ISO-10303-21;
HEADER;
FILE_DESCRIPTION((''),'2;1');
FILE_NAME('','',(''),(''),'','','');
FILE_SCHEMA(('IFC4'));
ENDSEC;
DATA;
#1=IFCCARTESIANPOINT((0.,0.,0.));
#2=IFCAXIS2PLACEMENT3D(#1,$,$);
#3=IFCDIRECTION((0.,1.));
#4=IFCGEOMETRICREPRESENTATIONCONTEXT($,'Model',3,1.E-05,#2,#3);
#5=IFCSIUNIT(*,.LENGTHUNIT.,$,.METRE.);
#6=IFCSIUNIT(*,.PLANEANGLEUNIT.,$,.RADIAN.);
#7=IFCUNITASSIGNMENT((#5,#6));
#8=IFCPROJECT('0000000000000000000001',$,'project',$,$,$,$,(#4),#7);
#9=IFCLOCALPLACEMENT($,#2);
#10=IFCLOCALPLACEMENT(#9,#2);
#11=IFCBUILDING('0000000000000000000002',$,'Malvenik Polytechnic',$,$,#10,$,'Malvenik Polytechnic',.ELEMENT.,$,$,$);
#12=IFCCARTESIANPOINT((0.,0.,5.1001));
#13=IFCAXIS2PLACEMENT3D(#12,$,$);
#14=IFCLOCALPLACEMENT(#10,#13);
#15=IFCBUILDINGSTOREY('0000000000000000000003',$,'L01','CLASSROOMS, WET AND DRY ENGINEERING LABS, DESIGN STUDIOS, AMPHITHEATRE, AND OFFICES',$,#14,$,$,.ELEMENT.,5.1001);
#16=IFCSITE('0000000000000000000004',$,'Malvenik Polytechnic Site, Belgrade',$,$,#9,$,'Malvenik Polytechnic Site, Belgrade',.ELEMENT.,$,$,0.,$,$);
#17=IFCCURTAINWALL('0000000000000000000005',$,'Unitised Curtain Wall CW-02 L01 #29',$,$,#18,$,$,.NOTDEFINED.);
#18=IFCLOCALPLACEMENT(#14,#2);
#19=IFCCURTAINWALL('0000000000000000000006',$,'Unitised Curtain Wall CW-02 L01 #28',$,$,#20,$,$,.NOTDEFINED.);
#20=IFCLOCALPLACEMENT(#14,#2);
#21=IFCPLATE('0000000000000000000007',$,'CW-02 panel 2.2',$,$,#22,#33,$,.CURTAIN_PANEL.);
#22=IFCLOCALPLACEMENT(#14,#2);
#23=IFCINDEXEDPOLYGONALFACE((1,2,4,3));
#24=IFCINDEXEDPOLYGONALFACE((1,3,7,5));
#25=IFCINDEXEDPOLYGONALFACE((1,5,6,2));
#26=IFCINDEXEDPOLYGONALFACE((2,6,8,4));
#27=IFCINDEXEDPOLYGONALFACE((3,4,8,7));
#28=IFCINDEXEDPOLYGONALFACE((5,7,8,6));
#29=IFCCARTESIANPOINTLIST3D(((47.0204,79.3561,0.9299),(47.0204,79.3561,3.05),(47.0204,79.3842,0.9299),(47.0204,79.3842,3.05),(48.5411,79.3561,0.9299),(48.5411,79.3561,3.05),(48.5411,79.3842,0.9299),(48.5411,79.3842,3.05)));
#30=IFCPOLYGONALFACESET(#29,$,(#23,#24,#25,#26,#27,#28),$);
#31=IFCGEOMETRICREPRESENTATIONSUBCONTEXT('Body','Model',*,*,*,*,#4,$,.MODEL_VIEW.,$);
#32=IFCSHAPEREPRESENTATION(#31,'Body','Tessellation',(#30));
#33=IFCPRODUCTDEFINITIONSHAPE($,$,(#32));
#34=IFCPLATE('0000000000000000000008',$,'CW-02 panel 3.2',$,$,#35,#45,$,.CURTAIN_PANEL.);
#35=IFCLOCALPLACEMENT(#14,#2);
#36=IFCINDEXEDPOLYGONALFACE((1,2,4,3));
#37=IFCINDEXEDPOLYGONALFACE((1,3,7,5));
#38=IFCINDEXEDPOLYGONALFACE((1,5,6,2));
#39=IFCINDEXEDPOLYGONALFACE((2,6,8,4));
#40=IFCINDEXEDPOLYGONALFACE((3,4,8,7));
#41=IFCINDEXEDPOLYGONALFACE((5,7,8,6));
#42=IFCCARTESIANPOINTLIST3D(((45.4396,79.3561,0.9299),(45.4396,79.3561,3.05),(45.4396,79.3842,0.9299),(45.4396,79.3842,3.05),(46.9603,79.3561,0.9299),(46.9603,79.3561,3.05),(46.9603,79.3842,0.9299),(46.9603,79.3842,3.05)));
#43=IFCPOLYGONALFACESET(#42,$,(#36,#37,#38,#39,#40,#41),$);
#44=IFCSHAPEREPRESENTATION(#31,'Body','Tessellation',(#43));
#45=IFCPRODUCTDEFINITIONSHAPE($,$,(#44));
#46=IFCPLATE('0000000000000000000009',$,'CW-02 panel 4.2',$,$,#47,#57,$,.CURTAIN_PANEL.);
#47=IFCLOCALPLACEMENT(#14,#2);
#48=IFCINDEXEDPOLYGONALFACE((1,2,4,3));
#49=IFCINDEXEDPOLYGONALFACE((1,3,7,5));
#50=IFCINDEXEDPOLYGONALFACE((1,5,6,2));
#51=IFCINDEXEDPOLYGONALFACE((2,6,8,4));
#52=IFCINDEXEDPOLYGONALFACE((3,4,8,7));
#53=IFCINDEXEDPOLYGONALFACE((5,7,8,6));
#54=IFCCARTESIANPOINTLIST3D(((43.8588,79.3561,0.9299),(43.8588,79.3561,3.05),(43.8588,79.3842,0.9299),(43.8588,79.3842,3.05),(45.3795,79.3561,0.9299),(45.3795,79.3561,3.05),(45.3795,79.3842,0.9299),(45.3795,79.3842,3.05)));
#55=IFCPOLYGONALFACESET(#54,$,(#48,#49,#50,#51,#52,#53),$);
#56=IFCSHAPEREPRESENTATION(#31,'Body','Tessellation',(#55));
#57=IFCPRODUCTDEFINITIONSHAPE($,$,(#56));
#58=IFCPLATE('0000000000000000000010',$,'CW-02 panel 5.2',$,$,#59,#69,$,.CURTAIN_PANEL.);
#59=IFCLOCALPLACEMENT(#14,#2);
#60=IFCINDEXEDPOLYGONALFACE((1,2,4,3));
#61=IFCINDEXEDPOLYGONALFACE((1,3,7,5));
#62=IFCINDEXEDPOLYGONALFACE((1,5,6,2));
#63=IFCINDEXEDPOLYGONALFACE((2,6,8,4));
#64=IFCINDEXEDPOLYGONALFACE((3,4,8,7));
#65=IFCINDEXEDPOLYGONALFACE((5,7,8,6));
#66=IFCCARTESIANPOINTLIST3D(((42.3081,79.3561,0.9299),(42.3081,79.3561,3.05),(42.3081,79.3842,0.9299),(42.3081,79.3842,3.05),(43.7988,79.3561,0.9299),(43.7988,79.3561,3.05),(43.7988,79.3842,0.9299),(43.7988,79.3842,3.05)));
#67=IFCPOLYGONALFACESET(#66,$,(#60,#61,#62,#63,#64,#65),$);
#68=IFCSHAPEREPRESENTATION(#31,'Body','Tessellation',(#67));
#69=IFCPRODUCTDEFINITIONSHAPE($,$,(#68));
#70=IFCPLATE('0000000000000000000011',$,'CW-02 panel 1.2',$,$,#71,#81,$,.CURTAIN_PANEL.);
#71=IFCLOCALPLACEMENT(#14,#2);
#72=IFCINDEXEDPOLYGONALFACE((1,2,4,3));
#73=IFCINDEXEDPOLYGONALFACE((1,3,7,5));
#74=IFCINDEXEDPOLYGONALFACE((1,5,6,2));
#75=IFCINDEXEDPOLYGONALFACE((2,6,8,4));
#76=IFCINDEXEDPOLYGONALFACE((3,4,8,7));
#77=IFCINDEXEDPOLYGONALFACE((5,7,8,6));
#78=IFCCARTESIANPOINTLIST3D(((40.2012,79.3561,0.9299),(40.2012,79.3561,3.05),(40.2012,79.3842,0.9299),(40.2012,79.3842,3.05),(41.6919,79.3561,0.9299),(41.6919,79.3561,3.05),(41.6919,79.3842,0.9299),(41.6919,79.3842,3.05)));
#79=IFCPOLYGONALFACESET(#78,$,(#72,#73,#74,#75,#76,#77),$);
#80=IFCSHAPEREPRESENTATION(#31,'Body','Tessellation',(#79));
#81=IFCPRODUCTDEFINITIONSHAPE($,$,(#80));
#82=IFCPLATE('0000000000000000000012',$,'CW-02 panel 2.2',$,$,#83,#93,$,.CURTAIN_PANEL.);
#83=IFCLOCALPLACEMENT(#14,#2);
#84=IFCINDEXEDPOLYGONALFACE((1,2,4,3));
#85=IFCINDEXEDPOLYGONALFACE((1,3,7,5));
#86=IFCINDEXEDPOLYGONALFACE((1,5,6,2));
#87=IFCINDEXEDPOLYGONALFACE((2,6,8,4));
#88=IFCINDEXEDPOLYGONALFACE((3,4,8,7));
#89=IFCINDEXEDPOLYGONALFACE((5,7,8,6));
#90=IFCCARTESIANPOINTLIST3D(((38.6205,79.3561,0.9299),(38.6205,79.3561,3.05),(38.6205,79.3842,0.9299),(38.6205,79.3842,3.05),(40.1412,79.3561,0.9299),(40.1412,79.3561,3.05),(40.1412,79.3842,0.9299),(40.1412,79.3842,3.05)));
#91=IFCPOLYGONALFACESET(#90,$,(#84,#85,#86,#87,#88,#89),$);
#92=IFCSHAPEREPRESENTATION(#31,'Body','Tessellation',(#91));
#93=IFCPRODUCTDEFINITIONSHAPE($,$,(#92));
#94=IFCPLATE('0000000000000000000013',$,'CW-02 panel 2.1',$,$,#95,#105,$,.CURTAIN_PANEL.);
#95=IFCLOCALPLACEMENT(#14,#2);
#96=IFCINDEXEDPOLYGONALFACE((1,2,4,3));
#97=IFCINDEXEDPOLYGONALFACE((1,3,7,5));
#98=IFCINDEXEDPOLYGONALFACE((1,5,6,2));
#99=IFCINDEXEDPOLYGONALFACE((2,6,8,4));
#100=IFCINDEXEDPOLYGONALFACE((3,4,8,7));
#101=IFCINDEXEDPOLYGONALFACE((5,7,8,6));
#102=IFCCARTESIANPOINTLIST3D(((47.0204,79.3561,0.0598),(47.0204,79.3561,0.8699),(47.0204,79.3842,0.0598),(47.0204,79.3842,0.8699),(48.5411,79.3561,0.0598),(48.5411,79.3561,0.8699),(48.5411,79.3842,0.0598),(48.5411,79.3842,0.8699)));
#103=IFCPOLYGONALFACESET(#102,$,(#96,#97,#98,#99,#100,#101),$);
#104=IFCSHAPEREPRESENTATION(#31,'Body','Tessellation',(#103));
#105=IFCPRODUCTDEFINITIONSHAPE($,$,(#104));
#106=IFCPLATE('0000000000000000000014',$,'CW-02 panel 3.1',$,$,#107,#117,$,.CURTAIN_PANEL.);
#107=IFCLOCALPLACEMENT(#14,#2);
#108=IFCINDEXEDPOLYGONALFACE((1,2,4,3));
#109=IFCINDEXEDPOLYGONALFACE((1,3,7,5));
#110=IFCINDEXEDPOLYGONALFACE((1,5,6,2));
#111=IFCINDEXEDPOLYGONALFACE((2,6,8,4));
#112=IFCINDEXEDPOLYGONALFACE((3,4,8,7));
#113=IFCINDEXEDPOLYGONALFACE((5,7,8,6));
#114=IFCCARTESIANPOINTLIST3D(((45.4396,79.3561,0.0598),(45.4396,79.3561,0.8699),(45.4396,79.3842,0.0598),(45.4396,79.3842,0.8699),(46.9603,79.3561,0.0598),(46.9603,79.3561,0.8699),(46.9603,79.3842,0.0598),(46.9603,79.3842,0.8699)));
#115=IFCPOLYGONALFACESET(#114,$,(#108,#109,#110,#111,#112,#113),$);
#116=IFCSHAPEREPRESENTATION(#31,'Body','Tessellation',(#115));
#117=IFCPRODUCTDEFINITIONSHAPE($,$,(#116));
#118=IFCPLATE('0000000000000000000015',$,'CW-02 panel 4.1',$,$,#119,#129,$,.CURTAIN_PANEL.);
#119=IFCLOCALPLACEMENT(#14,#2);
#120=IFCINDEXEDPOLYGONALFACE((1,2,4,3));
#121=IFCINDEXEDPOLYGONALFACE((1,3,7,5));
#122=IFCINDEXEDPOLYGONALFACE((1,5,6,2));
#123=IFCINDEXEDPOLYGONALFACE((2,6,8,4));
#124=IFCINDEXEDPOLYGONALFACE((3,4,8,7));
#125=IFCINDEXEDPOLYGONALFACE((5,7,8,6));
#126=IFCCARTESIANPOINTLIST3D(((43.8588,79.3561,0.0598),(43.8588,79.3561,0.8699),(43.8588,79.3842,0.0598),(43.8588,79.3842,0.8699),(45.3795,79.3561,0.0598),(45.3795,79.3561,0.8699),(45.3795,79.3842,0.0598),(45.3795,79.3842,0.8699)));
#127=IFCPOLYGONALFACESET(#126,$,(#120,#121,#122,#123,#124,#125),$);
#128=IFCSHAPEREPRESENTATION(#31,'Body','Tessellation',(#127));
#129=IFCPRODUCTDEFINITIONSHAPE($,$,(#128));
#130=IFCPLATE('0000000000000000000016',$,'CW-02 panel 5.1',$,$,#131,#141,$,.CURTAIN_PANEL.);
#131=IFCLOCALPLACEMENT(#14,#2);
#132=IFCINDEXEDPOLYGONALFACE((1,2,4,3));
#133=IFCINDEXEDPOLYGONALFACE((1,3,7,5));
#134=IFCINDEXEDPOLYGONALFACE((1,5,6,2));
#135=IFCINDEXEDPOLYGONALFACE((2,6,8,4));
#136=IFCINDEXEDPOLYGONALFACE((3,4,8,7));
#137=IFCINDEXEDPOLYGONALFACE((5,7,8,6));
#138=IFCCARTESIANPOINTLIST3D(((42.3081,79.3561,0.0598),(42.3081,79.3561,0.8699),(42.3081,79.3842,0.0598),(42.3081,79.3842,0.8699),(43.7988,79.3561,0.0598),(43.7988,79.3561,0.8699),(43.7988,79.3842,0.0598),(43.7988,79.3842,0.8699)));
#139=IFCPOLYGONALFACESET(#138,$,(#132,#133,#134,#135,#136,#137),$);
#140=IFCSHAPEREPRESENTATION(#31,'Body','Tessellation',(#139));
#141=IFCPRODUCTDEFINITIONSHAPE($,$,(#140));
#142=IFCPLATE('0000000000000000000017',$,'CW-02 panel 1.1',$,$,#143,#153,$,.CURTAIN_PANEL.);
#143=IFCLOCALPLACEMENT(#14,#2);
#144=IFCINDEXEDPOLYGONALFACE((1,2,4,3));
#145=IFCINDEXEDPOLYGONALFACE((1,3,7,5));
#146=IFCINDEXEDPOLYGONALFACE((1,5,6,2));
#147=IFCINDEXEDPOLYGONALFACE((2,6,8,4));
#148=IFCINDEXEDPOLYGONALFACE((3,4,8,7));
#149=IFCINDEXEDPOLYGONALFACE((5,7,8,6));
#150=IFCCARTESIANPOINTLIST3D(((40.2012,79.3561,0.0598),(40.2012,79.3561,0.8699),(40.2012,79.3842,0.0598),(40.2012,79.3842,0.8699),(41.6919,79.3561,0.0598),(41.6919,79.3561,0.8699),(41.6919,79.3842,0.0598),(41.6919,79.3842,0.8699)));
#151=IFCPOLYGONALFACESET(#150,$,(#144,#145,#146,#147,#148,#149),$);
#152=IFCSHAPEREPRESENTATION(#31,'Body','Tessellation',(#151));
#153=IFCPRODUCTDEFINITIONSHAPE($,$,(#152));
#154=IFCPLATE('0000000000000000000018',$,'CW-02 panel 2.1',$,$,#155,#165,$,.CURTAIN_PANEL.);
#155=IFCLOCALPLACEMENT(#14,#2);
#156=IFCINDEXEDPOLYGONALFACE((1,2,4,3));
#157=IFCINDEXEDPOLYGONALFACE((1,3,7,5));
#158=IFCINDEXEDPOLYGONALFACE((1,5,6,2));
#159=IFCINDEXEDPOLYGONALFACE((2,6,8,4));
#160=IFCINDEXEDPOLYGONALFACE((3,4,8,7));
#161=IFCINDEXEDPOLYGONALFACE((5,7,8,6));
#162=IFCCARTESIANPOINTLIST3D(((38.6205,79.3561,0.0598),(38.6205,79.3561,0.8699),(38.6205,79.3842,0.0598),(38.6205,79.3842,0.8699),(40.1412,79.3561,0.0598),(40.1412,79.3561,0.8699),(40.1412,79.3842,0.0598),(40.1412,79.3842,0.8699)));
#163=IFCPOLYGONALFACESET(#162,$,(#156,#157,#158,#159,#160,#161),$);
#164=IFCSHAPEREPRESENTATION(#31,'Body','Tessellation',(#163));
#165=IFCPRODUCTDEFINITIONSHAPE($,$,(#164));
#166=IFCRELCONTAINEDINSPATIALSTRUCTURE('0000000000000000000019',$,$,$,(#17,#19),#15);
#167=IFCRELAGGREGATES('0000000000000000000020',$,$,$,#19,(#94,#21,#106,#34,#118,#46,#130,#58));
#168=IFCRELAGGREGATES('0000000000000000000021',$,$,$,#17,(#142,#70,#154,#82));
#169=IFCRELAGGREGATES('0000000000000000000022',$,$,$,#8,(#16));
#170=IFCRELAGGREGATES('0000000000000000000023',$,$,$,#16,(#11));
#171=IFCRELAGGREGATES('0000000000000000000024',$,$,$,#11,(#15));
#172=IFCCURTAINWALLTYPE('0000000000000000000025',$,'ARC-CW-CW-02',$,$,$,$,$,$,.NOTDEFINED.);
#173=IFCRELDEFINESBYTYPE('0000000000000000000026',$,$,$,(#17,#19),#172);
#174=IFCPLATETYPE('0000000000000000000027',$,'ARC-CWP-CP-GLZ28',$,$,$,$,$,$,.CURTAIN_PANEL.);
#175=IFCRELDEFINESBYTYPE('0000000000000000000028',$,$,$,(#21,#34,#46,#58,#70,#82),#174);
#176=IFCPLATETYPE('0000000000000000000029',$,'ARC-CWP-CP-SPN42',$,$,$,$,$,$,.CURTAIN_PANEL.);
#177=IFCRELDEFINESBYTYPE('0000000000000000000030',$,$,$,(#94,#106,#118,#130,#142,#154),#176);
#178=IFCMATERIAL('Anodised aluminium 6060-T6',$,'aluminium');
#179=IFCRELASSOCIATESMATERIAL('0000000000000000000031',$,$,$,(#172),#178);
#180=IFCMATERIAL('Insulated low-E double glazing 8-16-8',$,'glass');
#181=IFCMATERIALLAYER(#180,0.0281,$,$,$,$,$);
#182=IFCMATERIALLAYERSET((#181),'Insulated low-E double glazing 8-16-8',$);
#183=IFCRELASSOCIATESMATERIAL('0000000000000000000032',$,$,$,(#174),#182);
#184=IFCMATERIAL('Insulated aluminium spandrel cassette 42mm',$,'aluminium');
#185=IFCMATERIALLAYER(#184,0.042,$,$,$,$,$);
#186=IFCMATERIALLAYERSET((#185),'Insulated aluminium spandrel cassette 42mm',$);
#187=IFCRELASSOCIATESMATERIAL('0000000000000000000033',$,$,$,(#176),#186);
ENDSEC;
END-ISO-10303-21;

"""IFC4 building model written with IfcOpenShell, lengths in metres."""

from ifc_helpers import new_model, si_unit, direction, frame, origin, origin_2d, place, context, subcontext, project, spatial, rectangle, extrude, material, layer, layer_set, type_object, element, aggregate, save


model = new_model("IFC4")

# Units and contexts
model_context = context("Model", 3, precision=1e-05, world=origin(), true_north=direction((0.0, 1.0)))
body_context = subcontext(model_context, "Body", "Model", "MODEL_VIEW")
ifc_project = project(units=[si_unit("LENGTHUNIT", "METRE"), si_unit("PLANEANGLEUNIT", "RADIAN")], contexts=[model_context])

# Site, building, storey
site_placement = place(None, origin())
site = spatial("IfcSite", under=ifc_project, at=site_placement, Name="Malvenik Polytechnic Site, Belgrade", LongName="Malvenik Polytechnic Site, Belgrade", CompositionType="ELEMENT", RefElevation=0.0)
building_placement = place(site_placement, origin())
building = spatial("IfcBuilding", under=site, at=building_placement, Name="Malvenik Polytechnic", LongName="Malvenik Polytechnic", CompositionType="ELEMENT")
storey_placement = place(building_placement, frame((0.0, 0.0, 5.1001)))
storey = spatial("IfcBuildingStorey", under=building, at=storey_placement, Name="L01", Description="CLASSROOMS, WET AND DRY ENGINEERING LABS, DESIGN STUDIOS, AMPHITHEATRE, AND OFFICES", CompositionType="ELEMENT", Elevation=5.1001)

# Curtain walls
ifc_material_1 = material(Name="Anodised aluminium 6060-T6", Category="aluminium")
curtain_wall_type = type_object("IfcCurtainWallType", Name="ARC-CW-CW-02", PredefinedType="NOTDEFINED", material=ifc_material_1)
curtain_wall_1_placement = place(storey_placement, origin())
curtain_wall_1 = element("IfcCurtainWall", 1, at=curtain_wall_1_placement, inside=storey, type_object=curtain_wall_type, Name="Unitised Curtain Wall CW-02 L01 #29", PredefinedType="NOTDEFINED")
curtain_wall_2_placement = place(storey_placement, origin())
curtain_wall_2 = element("IfcCurtainWall", 2, at=curtain_wall_2_placement, inside=storey, type_object=curtain_wall_type, Name="Unitised Curtain Wall CW-02 L01 #28", PredefinedType="NOTDEFINED")

# Plates
ifc_material_2 = material(Name="Insulated low-E double glazing 8-16-8", Category="glass")
ifc_layer_1 = layer(ifc_material_2, 0.0281)
ifc_layer_set_1 = layer_set([ifc_layer_1], Name="Insulated low-E double glazing 8-16-8")
plate_type_1 = type_object("IfcPlateType", Name="ARC-CWP-CP-GLZ28", PredefinedType="CURTAIN_PANEL", material=ifc_layer_set_1)
plate_1_placement = place(storey_placement, frame((47.7808, 79.3701, 0.9299), z_axis=(0.0, 0.0, 1.0), x_axis=(-1.0, 0.0, 0.0)))
plate_1 = element("IfcPlate", 3, at=plate_1_placement, type_object=plate_type_1, Name="CW-02 panel 2.2", PredefinedType="CURTAIN_PANEL", context=body_context, shape_type="SweptSolid", body=[
    extrude(rectangle(XDim=1.5208, YDim=0.0281, at=origin_2d()), origin(), (0.0, 0.0, 1.0), 2.1201),
])
plate_2_placement = place(storey_placement, frame((46.2, 79.3701, 0.9299), z_axis=(0.0, 0.0, 1.0), x_axis=(-1.0, 0.0, 0.0)))
plate_2 = element("IfcPlate", 4, at=plate_2_placement, type_object=plate_type_1, Name="CW-02 panel 3.2", PredefinedType="CURTAIN_PANEL", context=body_context, shape_type="SweptSolid", body=[
    extrude(rectangle(XDim=1.5208, YDim=0.0281, at=origin_2d()), origin(), (0.0, 0.0, 1.0), 2.1201),
])
plate_3_placement = place(storey_placement, frame((44.6191, 79.3701, 0.9299), z_axis=(0.0, 0.0, 1.0), x_axis=(-1.0, 0.0, 0.0)))
plate_3 = element("IfcPlate", 5, at=plate_3_placement, type_object=plate_type_1, Name="CW-02 panel 4.2", PredefinedType="CURTAIN_PANEL", context=body_context, shape_type="SweptSolid", body=[
    extrude(rectangle(XDim=1.5208, YDim=0.0281, at=origin_2d()), origin(), (0.0, 0.0, 1.0), 2.1201),
])
plate_4_placement = place(storey_placement, frame((43.0535, 79.3701, 0.9299), z_axis=(0.0, 0.0, 1.0), x_axis=(-1.0, 0.0, 0.0)))
plate_4 = element("IfcPlate", 6, at=plate_4_placement, type_object=plate_type_1, Name="CW-02 panel 5.2", PredefinedType="CURTAIN_PANEL", context=body_context, shape_type="SweptSolid", body=[
    extrude(rectangle(XDim=1.4907, YDim=0.0281, at=origin_2d()), origin(), (0.0, 0.0, 1.0), 2.1201),
])
plate_5_placement = place(storey_placement, frame((40.9465, 79.3701, 0.9299), z_axis=(0.0, 0.0, 1.0), x_axis=(-1.0, 0.0, 0.0)))
plate_5 = element("IfcPlate", 7, at=plate_5_placement, type_object=plate_type_1, Name="CW-02 panel 1.2", PredefinedType="CURTAIN_PANEL", context=body_context, shape_type="SweptSolid", body=[
    extrude(rectangle(XDim=1.4907, YDim=0.0281, at=origin_2d()), origin(), (0.0, 0.0, 1.0), 2.1201),
])
plate_6_placement = place(storey_placement, frame((39.3809, 79.3701, 0.9299), z_axis=(0.0, 0.0, 1.0), x_axis=(-1.0, 0.0, 0.0)))
plate_6 = element("IfcPlate", 8, at=plate_6_placement, type_object=plate_type_1, Name="CW-02 panel 2.2", PredefinedType="CURTAIN_PANEL", context=body_context, shape_type="SweptSolid", body=[
    extrude(rectangle(XDim=1.5208, YDim=0.0281, at=origin_2d()), origin(), (0.0, 0.0, 1.0), 2.1201),
])
ifc_material_3 = material(Name="Insulated aluminium spandrel cassette 42mm", Category="aluminium")
ifc_layer_2 = layer(ifc_material_3, 0.042)
ifc_layer_set_2 = layer_set([ifc_layer_2], Name="Insulated aluminium spandrel cassette 42mm")
plate_type_2 = type_object("IfcPlateType", Name="ARC-CWP-CP-SPN42", PredefinedType="CURTAIN_PANEL", material=ifc_layer_set_2)
plate_7_placement = place(storey_placement, frame((47.7808, 79.3701, 0.0598), z_axis=(0.0, 0.0, 1.0), x_axis=(-1.0, 0.0, 0.0)))
plate_7 = element("IfcPlate", 9, at=plate_7_placement, type_object=plate_type_2, Name="CW-02 panel 2.1", PredefinedType="CURTAIN_PANEL", context=body_context, shape_type="SweptSolid", body=[
    extrude(rectangle(XDim=1.5208, YDim=0.0281, at=origin_2d()), origin(), (0.0, 0.0, 1.0), 0.8101),
])
plate_8_placement = place(storey_placement, frame((46.2, 79.3701, 0.0598), z_axis=(0.0, 0.0, 1.0), x_axis=(-1.0, 0.0, 0.0)))
plate_8 = element("IfcPlate", 10, at=plate_8_placement, type_object=plate_type_2, Name="CW-02 panel 3.1", PredefinedType="CURTAIN_PANEL", context=body_context, shape_type="SweptSolid", body=[
    extrude(rectangle(XDim=1.5208, YDim=0.0281, at=origin_2d()), origin(), (0.0, 0.0, 1.0), 0.8101),
])
plate_9_placement = place(storey_placement, frame((44.6191, 79.3701, 0.0598), z_axis=(0.0, 0.0, 1.0), x_axis=(-1.0, 0.0, 0.0)))
plate_9 = element("IfcPlate", 11, at=plate_9_placement, type_object=plate_type_2, Name="CW-02 panel 4.1", PredefinedType="CURTAIN_PANEL", context=body_context, shape_type="SweptSolid", body=[
    extrude(rectangle(XDim=1.5208, YDim=0.0281, at=origin_2d()), origin(), (0.0, 0.0, 1.0), 0.8101),
])
plate_10_placement = place(storey_placement, frame((43.0535, 79.3701, 0.0598), z_axis=(0.0, 0.0, 1.0), x_axis=(-1.0, 0.0, 0.0)))
plate_10 = element("IfcPlate", 12, at=plate_10_placement, type_object=plate_type_2, Name="CW-02 panel 5.1", PredefinedType="CURTAIN_PANEL", context=body_context, shape_type="SweptSolid", body=[
    extrude(rectangle(XDim=1.4907, YDim=0.0281, at=origin_2d()), origin(), (0.0, 0.0, 1.0), 0.8101),
])
aggregate(curtain_wall_2, [plate_7, plate_1, plate_8, plate_2, plate_9, plate_3, plate_10, plate_4])
plate_11_placement = place(storey_placement, frame((40.9465, 79.3701, 0.0598), z_axis=(0.0, 0.0, 1.0), x_axis=(-1.0, 0.0, 0.0)))
plate_11 = element("IfcPlate", 13, at=plate_11_placement, type_object=plate_type_2, Name="CW-02 panel 1.1", PredefinedType="CURTAIN_PANEL", context=body_context, shape_type="SweptSolid", body=[
    extrude(rectangle(XDim=1.4907, YDim=0.0281, at=origin_2d()), origin(), (0.0, 0.0, 1.0), 0.8101),
])
plate_12_placement = place(storey_placement, frame((39.3809, 79.3701, 0.0598), z_axis=(0.0, 0.0, 1.0), x_axis=(-1.0, 0.0, 0.0)))
plate_12 = element("IfcPlate", 14, at=plate_12_placement, type_object=plate_type_2, Name="CW-02 panel 2.1", PredefinedType="CURTAIN_PANEL", context=body_context, shape_type="SweptSolid", body=[
    extrude(rectangle(XDim=1.5208, YDim=0.0281, at=origin_2d()), origin(), (0.0, 0.0, 1.0), 0.8101),
])
aggregate(curtain_wall_1, [plate_11, plate_5, plate_12, plate_6])

save(model, "model.ifc")
